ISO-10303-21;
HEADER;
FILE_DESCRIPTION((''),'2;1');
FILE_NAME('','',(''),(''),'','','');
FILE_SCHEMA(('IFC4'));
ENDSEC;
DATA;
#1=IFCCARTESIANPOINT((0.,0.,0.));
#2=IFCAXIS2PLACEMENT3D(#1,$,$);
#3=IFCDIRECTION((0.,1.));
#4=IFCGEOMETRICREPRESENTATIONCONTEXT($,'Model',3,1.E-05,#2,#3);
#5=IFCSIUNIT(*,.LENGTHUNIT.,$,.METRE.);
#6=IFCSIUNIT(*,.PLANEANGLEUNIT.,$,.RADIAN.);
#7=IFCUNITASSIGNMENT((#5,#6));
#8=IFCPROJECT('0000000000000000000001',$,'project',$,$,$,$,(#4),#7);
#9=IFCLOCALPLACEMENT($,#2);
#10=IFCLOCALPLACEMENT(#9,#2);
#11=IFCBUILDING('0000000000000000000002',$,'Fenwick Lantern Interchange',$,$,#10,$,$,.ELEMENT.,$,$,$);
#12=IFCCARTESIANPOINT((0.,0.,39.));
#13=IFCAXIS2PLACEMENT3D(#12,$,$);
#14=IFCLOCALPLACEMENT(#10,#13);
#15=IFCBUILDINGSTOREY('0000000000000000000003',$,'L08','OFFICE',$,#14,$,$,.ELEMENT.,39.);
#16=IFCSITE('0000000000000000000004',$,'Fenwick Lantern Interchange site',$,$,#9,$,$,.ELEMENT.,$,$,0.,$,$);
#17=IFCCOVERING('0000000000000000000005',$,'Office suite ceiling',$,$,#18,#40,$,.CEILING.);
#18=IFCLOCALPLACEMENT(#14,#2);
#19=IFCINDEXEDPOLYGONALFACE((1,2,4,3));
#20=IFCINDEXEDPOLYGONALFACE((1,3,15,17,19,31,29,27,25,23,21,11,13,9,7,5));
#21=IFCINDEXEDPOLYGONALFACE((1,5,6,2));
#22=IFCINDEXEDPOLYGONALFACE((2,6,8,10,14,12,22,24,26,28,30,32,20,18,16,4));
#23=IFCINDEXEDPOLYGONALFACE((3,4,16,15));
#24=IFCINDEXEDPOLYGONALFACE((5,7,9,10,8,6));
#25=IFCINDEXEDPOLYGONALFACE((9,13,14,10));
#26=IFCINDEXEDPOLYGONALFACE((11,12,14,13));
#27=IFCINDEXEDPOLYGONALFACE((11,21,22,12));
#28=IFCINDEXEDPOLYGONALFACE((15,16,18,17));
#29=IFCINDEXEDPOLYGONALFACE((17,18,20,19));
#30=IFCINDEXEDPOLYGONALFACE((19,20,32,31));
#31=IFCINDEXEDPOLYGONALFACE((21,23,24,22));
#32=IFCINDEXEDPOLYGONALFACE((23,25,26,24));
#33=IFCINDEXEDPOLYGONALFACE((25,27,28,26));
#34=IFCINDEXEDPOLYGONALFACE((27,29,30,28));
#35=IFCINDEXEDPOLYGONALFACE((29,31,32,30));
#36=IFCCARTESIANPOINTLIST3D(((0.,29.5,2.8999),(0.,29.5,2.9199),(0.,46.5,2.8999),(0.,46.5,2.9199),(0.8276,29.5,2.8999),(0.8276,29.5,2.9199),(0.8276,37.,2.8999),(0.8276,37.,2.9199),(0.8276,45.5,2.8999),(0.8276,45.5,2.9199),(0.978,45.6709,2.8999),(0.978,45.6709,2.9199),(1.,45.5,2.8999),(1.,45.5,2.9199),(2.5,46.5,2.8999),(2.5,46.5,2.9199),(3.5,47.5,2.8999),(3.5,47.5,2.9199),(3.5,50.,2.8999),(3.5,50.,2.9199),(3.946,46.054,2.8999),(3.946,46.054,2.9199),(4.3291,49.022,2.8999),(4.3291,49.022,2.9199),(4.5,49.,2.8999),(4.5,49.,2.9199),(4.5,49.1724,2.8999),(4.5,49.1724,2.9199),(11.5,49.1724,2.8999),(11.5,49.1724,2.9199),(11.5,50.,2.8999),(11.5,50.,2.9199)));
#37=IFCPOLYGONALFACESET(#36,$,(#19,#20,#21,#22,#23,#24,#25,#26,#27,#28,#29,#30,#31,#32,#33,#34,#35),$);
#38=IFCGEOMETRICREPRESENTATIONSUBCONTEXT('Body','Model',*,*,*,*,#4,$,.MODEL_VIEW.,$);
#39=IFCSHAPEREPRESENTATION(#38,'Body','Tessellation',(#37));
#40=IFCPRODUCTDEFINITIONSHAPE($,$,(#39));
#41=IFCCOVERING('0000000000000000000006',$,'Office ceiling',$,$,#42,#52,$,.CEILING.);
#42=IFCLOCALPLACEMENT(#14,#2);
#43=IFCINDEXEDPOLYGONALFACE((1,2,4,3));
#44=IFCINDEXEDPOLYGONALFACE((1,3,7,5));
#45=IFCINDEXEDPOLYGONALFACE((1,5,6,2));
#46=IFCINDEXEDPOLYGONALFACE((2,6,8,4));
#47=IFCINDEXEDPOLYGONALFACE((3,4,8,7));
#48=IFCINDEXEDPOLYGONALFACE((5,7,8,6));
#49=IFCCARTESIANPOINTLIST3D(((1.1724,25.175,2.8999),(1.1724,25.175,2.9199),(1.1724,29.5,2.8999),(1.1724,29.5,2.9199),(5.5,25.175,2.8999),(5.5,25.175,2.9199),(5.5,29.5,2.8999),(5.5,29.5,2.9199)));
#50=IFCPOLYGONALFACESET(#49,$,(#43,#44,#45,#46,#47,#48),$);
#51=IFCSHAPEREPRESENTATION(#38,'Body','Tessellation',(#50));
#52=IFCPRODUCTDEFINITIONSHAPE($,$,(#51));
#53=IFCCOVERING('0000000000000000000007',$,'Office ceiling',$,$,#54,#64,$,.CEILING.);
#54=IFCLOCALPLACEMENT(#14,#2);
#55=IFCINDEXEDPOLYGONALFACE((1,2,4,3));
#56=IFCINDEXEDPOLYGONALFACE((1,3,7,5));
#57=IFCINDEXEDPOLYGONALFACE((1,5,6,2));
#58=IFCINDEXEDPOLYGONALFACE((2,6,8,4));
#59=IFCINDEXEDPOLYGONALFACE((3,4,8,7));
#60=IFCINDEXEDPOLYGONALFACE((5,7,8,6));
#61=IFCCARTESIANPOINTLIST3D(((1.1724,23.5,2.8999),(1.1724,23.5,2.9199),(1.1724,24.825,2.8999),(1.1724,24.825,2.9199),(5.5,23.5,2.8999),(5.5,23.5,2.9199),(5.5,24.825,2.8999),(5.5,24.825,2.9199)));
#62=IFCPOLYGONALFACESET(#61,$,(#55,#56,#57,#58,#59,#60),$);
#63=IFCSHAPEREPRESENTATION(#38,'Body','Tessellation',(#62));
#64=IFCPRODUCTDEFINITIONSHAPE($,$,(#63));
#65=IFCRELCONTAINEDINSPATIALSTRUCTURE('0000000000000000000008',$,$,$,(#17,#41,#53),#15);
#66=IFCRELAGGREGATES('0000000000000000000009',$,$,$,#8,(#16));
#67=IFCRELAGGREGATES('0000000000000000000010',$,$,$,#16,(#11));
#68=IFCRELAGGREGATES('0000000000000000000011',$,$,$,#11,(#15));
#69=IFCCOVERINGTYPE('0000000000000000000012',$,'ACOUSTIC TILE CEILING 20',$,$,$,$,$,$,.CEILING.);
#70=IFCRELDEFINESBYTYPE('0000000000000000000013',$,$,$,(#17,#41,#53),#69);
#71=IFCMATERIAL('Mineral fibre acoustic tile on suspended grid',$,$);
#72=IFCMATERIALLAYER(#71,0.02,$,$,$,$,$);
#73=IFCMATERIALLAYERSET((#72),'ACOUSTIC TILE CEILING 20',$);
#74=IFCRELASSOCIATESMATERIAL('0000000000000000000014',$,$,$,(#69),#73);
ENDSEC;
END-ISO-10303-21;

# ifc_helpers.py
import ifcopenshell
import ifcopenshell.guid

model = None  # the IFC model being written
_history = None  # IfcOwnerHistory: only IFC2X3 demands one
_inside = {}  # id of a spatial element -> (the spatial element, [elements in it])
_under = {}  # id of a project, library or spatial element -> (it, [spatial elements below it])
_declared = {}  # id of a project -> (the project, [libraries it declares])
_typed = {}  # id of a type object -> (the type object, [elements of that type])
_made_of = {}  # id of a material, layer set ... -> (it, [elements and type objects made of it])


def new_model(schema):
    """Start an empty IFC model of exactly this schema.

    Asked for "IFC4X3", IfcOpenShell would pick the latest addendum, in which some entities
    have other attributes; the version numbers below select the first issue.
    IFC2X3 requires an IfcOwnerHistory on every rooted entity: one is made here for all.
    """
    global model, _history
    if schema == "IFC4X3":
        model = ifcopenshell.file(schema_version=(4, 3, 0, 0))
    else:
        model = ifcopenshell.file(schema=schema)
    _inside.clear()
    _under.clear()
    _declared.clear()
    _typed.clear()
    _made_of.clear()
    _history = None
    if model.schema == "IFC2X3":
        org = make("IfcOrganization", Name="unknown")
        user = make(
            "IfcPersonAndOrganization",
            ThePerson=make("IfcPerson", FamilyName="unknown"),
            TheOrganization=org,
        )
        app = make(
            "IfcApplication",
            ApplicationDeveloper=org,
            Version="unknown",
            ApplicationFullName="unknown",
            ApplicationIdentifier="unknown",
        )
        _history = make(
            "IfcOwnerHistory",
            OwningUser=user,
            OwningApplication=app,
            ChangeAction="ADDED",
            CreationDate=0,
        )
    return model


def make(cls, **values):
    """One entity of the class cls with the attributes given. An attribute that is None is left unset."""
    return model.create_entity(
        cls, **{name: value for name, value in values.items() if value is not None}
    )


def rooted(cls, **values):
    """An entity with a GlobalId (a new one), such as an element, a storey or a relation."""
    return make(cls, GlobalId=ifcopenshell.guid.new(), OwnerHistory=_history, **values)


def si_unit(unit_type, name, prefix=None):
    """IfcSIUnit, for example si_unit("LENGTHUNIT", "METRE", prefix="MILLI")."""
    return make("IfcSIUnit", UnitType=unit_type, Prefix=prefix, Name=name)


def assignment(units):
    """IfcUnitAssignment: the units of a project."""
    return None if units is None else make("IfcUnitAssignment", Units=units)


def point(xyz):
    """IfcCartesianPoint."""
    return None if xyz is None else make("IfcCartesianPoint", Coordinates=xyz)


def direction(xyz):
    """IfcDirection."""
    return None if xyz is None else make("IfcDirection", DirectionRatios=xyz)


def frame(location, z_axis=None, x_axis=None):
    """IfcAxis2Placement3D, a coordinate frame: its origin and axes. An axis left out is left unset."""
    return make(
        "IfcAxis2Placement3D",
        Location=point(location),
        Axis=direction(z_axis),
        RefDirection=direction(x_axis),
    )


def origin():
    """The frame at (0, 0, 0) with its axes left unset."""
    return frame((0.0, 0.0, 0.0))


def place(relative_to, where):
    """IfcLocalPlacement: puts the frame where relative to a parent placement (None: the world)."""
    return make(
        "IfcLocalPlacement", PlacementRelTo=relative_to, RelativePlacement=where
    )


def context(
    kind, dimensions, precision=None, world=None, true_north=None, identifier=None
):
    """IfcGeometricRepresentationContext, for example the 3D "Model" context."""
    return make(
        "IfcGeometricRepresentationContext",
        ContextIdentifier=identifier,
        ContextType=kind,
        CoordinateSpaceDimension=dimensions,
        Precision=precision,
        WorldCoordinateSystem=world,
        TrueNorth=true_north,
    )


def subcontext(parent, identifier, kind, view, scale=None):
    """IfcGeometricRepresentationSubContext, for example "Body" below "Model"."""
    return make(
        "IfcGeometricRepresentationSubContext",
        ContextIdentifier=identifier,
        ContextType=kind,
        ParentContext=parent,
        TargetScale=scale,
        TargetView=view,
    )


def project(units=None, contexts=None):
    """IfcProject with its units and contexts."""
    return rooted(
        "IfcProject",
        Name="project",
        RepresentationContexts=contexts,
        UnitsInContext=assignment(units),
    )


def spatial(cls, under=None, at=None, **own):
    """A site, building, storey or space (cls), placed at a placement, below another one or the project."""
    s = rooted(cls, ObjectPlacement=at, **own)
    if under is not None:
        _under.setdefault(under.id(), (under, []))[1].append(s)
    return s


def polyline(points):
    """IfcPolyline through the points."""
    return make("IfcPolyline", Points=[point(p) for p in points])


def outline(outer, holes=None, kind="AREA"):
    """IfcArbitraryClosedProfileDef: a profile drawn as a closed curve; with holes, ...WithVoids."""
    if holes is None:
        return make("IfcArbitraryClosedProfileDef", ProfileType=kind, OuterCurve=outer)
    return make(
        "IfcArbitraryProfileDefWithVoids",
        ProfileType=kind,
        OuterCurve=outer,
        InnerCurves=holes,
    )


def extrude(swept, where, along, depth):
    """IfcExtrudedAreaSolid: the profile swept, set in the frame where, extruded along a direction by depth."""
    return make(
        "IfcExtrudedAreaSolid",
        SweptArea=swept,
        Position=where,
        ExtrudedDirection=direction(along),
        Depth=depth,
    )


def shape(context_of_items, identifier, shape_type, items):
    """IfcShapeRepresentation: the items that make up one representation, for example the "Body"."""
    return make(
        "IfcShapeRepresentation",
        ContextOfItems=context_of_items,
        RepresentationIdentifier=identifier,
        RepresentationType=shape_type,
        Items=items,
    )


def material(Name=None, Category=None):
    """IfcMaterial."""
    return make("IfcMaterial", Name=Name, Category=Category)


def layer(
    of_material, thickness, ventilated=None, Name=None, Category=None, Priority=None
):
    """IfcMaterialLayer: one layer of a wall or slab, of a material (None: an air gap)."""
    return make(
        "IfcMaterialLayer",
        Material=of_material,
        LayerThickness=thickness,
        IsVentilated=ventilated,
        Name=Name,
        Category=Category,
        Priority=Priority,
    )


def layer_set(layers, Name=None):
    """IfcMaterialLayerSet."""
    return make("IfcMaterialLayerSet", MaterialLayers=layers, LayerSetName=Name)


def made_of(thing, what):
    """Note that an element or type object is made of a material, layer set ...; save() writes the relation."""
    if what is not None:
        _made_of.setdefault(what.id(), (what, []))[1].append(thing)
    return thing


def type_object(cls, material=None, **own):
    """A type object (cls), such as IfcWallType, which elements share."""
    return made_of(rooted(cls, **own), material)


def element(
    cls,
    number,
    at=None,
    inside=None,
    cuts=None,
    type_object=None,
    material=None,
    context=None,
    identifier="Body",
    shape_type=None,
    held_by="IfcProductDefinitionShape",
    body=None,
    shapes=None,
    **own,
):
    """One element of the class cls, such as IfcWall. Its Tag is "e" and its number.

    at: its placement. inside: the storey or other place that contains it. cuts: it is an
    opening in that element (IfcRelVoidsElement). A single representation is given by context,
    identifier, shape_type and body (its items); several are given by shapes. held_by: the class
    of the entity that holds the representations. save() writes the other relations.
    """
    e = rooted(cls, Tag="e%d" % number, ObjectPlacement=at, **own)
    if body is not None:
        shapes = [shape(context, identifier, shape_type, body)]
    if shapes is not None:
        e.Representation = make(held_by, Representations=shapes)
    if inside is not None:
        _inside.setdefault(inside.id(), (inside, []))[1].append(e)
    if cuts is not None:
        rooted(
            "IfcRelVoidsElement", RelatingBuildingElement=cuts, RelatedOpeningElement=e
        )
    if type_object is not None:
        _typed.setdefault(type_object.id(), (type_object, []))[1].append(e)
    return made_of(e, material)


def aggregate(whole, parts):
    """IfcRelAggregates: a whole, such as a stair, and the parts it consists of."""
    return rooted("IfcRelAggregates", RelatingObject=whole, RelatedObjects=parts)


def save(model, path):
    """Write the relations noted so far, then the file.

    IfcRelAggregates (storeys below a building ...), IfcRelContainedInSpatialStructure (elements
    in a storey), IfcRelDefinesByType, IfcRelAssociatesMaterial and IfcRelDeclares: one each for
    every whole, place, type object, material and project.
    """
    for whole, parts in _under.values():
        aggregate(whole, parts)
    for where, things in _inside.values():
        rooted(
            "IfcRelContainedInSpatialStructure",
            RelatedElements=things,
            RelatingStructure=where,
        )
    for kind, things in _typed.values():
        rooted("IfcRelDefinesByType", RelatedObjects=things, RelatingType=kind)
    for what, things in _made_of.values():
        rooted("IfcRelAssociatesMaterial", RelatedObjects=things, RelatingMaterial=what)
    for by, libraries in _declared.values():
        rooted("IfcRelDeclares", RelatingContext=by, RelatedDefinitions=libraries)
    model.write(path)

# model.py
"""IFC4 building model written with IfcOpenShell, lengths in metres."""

from ifc_helpers import new_model, si_unit, direction, frame, origin, place, context, subcontext, project, spatial, polyline, outline, extrude, material, layer, layer_set, type_object, element, save


model = new_model("IFC4")

# Units and contexts
model_context = context("Model", 3, precision=1e-05, world=origin(), true_north=direction((0.0, 1.0)))
body_context = subcontext(model_context, "Body", "Model", "MODEL_VIEW")
ifc_project = project(units=[si_unit("LENGTHUNIT", "METRE"), si_unit("PLANEANGLEUNIT", "RADIAN")], contexts=[model_context])

# Site, building, storey
site_placement = place(None, origin())
site = spatial("IfcSite", under=ifc_project, at=site_placement, Name="Fenwick Lantern Interchange site", CompositionType="ELEMENT", RefElevation=0.0)
building_placement = place(site_placement, origin())
building = spatial("IfcBuilding", under=site, at=building_placement, Name="Fenwick Lantern Interchange", CompositionType="ELEMENT")
storey_placement = place(building_placement, frame((0.0, 0.0, 39.0)))
storey = spatial("IfcBuildingStorey", under=building, at=storey_placement, Name="L08", Description="OFFICE", CompositionType="ELEMENT", Elevation=39.0)

# Coverings
ifc_material = material(Name="Mineral fibre acoustic tile on suspended grid")
ifc_layer = layer(ifc_material, 0.02)
ifc_layer_set = layer_set([ifc_layer], Name="ACOUSTIC TILE CEILING 20")
covering_type = type_object("IfcCoveringType", Name="ACOUSTIC TILE CEILING 20", PredefinedType="CEILING", material=ifc_layer_set)
covering_1_placement = place(storey_placement, frame((0.0, 0.0, 2.8999)))
element("IfcCovering", 1, at=covering_1_placement, inside=storey, type_object=covering_type, Name="Office suite ceiling", PredefinedType="CEILING", context=body_context, shape_type="SweptSolid", body=[
    extrude(outline(polyline([(0.0, 46.5), (0.0, 29.5), (0.8276, 29.5), (0.8276, 37.0), (0.8276, 45.5), (1.0, 45.5), (0.978, 45.6709), (3.946, 46.054), (4.3291, 49.022), (4.5, 49.0), (4.5, 49.1724), (11.5, 49.1724), (11.5, 50.0), (3.5, 50.0), (3.5, 47.5), (2.5, 46.5), (0.0, 46.5)])), origin(), (0.0, 0.0, 1.0), 0.02),
])
covering_2_placement = place(storey_placement, frame((0.0, 0.0, 2.8999)))
element("IfcCovering", 2, at=covering_2_placement, inside=storey, type_object=covering_type, Name="Office ceiling", PredefinedType="CEILING", context=body_context, shape_type="SweptSolid", body=[
    extrude(outline(polyline([(5.5, 29.5), (1.1724, 29.5), (1.1724, 25.175), (5.5, 25.175), (5.5, 29.5)])), origin(), (0.0, 0.0, 1.0), 0.02),
])
covering_3_placement = place(storey_placement, frame((0.0, 0.0, 2.8999)))
element("IfcCovering", 3, at=covering_3_placement, inside=storey, type_object=covering_type, Name="Office ceiling", PredefinedType="CEILING", context=body_context, shape_type="SweptSolid", body=[
    extrude(outline(polyline([(5.5, 23.5), (5.5, 24.825), (1.1724, 24.825), (1.1724, 23.5), (5.5, 23.5)])), origin(), (0.0, 0.0, 1.0), 0.02),
])

save(model, "model.ifc")
